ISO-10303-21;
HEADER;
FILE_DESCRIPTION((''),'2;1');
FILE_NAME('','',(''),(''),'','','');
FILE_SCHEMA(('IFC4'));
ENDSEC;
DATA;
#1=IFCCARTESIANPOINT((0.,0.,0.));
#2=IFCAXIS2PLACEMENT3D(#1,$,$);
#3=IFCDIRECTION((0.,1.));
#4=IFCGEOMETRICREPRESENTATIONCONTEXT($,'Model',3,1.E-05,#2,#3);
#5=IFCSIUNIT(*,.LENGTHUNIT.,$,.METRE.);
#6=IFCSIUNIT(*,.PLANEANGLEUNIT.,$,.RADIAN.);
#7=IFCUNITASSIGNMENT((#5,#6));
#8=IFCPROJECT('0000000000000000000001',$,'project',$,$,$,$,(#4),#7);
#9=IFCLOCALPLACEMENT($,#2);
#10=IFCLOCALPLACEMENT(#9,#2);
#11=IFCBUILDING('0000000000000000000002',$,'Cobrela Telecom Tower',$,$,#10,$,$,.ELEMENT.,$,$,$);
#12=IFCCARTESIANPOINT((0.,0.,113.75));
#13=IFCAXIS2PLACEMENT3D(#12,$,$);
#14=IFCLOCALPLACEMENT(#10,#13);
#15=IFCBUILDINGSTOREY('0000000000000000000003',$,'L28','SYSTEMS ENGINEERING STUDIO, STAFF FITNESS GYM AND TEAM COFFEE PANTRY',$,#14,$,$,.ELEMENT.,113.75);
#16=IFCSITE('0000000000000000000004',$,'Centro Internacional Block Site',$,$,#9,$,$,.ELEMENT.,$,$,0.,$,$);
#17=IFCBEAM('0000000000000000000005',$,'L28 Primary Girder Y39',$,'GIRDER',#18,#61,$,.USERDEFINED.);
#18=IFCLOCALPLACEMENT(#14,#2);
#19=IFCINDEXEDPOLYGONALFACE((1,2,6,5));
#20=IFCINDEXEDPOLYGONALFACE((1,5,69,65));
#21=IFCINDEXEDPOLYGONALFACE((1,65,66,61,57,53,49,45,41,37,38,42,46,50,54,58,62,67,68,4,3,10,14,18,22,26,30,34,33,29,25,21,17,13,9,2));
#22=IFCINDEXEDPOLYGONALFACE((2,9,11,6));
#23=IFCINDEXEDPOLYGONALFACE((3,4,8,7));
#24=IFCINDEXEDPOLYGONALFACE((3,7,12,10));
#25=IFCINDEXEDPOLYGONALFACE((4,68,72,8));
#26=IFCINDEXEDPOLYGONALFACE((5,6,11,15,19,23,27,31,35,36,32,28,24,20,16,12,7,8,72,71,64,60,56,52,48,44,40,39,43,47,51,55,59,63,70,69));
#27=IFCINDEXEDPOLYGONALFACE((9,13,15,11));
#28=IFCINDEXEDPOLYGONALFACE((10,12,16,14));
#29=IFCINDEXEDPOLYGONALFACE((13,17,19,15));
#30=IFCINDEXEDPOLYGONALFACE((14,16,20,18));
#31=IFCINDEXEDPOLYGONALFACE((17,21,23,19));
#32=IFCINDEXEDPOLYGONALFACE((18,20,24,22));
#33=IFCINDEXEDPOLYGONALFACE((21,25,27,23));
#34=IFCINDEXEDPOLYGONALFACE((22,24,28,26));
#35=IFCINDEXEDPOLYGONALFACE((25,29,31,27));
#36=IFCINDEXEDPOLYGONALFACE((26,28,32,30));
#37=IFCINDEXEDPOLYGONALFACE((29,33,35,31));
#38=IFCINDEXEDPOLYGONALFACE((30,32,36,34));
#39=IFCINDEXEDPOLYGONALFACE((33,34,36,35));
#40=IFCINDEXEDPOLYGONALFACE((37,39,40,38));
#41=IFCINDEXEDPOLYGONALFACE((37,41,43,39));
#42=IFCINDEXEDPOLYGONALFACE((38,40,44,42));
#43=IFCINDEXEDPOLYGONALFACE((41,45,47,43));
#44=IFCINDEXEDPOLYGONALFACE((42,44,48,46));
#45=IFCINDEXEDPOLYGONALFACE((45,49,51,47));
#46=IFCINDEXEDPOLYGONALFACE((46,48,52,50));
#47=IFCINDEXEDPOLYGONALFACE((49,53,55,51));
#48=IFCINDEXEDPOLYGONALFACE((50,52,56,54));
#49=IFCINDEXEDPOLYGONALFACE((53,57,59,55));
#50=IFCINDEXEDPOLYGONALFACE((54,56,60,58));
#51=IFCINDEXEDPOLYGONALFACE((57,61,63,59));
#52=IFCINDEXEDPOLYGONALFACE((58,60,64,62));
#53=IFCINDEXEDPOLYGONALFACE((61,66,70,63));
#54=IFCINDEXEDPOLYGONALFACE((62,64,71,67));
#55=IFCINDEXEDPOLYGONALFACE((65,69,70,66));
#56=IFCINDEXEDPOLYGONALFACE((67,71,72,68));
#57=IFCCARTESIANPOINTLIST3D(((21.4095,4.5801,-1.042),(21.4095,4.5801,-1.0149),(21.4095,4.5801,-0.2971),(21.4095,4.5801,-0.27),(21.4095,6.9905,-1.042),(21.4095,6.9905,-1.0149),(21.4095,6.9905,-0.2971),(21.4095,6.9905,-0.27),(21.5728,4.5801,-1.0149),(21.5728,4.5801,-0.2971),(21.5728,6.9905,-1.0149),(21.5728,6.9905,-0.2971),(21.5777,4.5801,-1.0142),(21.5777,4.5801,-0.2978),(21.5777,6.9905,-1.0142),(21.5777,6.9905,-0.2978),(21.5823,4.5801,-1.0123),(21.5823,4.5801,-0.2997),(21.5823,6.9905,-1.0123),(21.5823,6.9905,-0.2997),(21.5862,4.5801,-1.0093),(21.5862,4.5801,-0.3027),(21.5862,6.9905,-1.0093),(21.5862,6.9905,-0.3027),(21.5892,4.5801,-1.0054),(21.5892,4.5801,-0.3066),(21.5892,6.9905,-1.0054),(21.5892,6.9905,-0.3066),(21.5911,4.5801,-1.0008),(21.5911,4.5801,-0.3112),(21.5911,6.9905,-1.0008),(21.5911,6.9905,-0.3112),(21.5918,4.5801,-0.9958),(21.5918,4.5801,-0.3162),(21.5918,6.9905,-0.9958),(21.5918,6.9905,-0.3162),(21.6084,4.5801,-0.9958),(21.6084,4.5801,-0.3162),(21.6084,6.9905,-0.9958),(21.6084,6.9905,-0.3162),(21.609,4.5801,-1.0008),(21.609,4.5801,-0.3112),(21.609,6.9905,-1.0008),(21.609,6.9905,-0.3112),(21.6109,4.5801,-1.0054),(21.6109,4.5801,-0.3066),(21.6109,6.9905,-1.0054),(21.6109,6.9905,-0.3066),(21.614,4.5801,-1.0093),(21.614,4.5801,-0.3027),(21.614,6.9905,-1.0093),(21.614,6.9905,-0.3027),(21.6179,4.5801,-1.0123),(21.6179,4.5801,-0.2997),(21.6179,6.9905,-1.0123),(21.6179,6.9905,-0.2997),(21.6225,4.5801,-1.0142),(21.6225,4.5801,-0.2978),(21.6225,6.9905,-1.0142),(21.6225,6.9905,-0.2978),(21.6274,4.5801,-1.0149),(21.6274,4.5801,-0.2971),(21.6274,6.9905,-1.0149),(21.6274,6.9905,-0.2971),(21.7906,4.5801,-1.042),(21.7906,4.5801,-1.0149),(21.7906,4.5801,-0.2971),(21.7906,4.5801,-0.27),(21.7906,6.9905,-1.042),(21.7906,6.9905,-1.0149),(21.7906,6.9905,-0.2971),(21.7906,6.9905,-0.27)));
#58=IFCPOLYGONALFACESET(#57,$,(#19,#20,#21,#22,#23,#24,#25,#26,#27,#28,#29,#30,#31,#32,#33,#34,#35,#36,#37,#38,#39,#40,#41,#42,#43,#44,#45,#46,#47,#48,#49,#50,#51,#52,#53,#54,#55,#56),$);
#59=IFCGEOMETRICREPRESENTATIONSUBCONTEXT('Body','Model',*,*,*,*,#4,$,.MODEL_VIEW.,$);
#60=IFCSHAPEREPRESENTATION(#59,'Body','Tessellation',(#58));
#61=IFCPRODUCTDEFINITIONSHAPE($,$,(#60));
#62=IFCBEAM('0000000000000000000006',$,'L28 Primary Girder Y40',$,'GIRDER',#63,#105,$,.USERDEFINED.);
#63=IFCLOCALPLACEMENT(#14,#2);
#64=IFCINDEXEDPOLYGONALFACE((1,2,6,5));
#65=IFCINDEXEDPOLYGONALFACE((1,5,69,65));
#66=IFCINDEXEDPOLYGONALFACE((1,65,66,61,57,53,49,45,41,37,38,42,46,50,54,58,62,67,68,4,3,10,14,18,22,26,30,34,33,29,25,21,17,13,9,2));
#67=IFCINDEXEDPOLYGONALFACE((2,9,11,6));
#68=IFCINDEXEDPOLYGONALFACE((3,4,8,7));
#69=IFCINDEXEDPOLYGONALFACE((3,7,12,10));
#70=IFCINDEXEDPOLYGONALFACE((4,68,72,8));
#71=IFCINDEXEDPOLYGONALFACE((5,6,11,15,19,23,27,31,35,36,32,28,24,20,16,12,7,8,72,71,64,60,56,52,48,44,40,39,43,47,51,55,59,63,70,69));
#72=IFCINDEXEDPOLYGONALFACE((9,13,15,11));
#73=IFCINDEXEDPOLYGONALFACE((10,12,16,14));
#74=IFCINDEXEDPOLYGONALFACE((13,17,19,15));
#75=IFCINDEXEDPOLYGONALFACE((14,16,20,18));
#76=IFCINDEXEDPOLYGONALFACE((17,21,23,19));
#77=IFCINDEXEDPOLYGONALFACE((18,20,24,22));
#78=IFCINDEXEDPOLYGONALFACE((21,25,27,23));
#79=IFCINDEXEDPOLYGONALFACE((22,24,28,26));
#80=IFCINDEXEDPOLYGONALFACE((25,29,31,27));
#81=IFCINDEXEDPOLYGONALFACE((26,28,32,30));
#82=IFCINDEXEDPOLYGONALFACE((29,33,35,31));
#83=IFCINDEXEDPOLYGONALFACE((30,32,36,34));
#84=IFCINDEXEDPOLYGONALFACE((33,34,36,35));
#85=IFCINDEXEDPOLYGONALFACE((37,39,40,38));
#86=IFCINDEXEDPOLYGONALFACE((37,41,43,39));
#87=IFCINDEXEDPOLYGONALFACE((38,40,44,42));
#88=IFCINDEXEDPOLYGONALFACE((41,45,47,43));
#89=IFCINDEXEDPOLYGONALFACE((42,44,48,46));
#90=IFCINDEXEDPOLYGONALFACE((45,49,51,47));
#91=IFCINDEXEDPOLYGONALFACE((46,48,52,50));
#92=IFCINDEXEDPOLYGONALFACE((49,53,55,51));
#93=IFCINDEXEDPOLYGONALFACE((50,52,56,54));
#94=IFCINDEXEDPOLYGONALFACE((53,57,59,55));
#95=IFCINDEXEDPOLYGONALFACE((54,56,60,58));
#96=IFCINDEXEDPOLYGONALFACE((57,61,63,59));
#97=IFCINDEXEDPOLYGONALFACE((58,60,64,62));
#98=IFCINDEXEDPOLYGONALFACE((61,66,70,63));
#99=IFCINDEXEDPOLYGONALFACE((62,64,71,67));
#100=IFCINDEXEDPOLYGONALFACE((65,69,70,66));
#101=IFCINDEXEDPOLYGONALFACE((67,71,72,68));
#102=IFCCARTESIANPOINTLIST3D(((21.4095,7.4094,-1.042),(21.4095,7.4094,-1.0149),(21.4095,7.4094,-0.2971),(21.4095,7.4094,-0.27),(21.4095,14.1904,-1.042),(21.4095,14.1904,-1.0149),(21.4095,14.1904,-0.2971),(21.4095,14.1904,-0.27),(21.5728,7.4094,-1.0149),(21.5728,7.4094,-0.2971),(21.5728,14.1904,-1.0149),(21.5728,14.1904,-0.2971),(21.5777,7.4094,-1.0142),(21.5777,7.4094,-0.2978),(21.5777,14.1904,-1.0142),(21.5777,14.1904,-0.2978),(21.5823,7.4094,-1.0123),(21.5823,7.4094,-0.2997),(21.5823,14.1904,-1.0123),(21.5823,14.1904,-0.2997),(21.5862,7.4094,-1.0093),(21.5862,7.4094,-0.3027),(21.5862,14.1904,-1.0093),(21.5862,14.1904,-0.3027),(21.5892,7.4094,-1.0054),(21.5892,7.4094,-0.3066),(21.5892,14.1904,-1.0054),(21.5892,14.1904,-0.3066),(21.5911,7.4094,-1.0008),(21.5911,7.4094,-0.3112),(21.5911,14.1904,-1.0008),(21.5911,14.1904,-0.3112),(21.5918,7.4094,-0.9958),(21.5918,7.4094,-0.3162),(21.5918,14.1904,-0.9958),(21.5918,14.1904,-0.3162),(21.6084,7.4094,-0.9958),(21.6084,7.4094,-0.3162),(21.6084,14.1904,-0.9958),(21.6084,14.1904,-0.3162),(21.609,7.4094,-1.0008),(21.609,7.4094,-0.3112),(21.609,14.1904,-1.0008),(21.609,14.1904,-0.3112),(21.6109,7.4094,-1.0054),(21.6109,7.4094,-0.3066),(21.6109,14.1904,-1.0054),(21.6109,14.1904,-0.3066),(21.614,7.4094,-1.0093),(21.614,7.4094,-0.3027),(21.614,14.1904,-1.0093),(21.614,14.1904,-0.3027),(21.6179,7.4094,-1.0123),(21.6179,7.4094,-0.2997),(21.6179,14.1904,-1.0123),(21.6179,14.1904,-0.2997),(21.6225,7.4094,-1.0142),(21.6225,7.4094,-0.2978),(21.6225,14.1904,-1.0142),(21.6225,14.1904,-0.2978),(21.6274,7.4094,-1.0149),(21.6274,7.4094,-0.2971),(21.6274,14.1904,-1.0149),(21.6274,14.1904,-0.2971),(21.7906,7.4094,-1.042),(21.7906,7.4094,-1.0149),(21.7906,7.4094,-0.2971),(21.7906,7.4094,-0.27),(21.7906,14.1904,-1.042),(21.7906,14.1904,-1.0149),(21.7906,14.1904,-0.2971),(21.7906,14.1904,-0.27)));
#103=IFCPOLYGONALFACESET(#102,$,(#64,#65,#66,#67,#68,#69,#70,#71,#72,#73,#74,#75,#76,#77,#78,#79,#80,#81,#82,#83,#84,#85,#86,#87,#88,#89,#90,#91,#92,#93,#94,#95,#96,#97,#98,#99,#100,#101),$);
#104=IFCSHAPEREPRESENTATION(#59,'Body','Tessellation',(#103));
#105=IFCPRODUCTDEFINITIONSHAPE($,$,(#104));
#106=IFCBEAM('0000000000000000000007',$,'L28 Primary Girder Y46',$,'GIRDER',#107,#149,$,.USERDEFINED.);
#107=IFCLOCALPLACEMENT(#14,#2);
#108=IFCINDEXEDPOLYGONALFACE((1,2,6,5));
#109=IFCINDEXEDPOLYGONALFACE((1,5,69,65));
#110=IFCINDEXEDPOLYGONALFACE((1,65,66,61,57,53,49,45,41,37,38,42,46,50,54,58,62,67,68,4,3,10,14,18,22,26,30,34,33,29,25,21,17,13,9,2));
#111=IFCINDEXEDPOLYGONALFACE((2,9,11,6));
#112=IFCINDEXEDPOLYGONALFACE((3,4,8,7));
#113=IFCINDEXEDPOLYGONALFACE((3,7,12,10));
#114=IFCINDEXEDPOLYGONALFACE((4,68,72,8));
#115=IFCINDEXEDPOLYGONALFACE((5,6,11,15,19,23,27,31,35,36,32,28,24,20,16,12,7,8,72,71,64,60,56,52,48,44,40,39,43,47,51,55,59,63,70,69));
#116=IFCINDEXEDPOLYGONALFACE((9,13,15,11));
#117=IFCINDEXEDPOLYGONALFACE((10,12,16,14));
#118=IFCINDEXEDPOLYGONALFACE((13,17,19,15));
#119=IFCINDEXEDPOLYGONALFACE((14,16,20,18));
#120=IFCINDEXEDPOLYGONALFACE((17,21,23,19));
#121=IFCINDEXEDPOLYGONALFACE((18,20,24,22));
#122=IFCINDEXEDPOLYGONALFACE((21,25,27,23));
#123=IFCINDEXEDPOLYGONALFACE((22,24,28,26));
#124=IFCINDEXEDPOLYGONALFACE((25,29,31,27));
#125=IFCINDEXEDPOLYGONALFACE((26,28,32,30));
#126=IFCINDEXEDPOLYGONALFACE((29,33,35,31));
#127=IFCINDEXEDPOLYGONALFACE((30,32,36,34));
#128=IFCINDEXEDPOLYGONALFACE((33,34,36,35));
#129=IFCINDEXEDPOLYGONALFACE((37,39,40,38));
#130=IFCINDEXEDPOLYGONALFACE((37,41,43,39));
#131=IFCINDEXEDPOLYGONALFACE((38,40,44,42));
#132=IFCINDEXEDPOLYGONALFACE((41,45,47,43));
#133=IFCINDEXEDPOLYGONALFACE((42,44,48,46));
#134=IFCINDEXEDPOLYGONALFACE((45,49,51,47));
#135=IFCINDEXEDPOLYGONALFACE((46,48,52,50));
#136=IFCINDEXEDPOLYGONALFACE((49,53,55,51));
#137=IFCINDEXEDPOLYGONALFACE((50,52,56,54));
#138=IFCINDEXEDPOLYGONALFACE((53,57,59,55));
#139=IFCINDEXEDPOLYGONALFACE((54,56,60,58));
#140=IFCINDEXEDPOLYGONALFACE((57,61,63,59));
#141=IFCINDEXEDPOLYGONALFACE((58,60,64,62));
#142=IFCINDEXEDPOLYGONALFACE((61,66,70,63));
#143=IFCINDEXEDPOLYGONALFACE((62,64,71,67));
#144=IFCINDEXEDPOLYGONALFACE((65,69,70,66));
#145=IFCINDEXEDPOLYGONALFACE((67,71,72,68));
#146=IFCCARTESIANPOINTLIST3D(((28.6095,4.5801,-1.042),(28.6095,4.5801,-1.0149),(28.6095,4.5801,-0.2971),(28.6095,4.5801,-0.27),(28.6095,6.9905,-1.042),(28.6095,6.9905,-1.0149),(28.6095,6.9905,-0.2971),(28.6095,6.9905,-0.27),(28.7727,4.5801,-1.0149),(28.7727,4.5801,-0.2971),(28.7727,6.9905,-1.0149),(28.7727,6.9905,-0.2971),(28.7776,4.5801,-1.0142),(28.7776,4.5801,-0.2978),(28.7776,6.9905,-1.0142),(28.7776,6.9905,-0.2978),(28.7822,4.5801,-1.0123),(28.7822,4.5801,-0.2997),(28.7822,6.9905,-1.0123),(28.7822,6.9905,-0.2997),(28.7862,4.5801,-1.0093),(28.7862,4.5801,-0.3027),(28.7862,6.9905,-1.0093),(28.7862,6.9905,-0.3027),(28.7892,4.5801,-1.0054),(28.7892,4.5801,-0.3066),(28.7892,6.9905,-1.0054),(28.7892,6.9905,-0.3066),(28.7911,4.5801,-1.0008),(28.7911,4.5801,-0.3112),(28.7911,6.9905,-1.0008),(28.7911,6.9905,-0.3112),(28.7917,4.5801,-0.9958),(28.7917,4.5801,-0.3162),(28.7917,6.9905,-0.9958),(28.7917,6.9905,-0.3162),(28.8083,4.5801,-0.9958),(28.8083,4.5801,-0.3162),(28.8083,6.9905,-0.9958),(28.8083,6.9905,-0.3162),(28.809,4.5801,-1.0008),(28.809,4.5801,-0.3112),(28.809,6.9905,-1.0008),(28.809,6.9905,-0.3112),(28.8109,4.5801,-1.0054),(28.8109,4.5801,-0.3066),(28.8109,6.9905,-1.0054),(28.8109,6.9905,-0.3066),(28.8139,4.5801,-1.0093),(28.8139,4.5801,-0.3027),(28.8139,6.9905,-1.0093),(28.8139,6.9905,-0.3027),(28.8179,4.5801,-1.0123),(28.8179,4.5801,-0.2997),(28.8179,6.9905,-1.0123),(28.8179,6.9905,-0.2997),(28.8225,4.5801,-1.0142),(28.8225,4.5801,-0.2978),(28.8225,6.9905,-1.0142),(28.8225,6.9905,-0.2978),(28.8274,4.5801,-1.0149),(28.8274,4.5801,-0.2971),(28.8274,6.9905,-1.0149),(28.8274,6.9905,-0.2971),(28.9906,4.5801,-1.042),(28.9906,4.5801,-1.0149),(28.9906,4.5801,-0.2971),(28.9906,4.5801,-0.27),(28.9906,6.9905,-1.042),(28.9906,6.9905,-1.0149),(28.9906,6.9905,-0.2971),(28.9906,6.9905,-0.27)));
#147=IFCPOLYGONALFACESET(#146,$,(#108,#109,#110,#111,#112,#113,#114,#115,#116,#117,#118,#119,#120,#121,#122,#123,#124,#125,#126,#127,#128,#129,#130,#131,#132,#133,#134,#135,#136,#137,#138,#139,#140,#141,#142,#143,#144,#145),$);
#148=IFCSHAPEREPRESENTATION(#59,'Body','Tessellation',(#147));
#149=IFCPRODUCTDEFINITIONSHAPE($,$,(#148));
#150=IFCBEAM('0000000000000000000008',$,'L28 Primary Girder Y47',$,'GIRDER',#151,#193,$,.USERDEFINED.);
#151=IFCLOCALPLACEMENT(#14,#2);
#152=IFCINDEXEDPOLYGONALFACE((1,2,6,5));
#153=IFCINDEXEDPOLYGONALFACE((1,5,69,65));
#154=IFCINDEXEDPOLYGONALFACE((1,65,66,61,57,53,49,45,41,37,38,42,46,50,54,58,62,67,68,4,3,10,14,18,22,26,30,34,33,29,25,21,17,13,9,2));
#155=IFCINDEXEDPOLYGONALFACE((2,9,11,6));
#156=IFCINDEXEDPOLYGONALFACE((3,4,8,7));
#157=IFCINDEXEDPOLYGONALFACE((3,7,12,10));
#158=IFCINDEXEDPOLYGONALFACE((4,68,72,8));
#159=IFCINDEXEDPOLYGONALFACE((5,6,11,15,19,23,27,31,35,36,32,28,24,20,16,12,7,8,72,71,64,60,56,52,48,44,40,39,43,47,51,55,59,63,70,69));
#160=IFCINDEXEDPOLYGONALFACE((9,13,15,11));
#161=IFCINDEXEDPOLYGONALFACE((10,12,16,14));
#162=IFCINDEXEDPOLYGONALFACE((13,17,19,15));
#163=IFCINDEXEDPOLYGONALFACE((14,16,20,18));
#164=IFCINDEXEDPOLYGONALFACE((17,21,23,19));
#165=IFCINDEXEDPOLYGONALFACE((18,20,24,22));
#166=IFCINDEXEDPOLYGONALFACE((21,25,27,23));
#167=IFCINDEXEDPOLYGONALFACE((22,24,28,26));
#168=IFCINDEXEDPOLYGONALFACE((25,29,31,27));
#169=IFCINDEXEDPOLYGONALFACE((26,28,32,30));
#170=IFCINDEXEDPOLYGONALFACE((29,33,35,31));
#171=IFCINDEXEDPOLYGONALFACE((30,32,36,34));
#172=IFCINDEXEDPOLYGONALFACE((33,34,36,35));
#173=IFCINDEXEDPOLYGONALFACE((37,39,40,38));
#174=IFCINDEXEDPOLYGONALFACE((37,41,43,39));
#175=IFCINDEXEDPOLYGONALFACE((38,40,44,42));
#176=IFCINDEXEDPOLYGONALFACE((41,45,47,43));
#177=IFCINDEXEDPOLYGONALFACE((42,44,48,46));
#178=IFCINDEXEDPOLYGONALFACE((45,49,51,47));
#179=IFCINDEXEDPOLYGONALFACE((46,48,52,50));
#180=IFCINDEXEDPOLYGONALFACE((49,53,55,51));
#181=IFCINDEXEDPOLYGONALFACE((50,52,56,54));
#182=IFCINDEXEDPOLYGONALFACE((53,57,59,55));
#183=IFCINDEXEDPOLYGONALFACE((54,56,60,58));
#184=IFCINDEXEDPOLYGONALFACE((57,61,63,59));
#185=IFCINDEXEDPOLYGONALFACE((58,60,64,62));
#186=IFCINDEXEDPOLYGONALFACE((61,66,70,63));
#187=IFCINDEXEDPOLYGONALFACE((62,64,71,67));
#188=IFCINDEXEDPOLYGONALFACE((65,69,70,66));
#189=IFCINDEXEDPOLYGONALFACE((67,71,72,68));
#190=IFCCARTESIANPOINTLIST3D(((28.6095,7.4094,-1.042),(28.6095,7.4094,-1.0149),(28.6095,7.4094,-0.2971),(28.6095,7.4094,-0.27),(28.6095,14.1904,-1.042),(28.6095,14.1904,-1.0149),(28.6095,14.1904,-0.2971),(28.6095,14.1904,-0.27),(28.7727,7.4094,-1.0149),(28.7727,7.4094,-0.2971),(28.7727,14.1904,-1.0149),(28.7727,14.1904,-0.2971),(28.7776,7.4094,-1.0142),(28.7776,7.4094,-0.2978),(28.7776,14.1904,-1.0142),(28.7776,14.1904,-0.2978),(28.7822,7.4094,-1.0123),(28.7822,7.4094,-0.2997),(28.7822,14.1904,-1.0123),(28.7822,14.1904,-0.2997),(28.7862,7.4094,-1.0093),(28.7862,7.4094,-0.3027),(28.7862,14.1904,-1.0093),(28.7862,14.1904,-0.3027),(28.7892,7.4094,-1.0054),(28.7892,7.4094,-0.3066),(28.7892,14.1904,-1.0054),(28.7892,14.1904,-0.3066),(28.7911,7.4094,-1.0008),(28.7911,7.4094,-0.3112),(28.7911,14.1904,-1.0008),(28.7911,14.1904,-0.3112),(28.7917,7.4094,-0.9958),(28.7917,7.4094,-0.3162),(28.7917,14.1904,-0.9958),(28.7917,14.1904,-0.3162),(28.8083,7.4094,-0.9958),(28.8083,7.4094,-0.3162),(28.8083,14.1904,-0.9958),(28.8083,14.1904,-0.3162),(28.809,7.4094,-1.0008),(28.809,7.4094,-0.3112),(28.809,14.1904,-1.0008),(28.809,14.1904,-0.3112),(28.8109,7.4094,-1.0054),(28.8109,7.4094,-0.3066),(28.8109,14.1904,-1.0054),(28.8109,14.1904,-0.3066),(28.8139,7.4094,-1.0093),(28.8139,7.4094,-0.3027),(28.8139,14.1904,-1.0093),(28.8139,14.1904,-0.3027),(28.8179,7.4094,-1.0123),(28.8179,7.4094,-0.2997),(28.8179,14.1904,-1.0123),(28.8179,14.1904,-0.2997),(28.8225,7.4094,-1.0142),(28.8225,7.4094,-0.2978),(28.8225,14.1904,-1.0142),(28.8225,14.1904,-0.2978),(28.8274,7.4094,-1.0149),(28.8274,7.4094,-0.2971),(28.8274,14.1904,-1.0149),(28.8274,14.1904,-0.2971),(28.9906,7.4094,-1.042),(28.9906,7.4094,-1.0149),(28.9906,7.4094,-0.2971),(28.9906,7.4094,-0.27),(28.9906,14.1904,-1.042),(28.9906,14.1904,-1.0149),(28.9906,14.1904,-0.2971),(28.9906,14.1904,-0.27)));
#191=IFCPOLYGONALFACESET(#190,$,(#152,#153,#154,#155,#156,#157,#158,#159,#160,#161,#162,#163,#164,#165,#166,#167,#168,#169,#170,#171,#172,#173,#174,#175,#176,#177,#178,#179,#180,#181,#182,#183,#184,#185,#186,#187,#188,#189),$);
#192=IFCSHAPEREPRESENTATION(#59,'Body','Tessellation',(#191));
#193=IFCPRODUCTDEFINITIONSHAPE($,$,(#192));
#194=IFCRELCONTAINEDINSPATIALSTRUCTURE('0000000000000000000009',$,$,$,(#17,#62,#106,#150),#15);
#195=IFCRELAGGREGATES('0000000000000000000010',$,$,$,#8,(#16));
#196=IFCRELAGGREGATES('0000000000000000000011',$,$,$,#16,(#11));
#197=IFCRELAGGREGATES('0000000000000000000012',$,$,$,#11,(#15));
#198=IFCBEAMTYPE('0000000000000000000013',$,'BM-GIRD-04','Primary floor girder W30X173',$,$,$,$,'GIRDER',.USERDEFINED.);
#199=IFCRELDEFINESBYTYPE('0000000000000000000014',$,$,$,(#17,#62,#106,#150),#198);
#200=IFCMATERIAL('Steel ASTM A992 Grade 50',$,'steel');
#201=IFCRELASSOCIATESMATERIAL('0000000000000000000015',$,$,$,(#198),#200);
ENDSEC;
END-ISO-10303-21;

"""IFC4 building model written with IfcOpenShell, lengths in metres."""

from ifc_helpers import new_model, si_unit, direction, frame, origin, origin_2d, place, context, subcontext, project, spatial, i_section, extrude, material, material_profile, profile_set, type_object, element, save


model = new_model("IFC4")

# Units and contexts
model_context = context("Model", 3, precision=1e-05, world=origin(), true_north=direction((0.0, 1.0)))
body_context = subcontext(model_context, "Body", "Model", "MODEL_VIEW")
ifc_project = project(units=[si_unit("LENGTHUNIT", "METRE"), si_unit("PLANEANGLEUNIT", "RADIAN")], contexts=[model_context])

# Site, building, storey
site_placement = place(None, origin())
site = spatial("IfcSite", under=ifc_project, at=site_placement, Name="Centro Internacional Block Site", CompositionType="ELEMENT", RefElevation=0.0)
building_placement = place(site_placement, origin())
building = spatial("IfcBuilding", under=site, at=building_placement, Name="Cobrela Telecom Tower", CompositionType="ELEMENT")
storey_placement = place(building_placement, frame((0.0, 0.0, 113.75)))
storey = spatial("IfcBuildingStorey", under=building, at=storey_placement, Name="L28", Description="SYSTEMS ENGINEERING STUDIO, STAFF FITNESS GYM AND TEAM COFFEE PANTRY", CompositionType="ELEMENT", Elevation=113.75)

# Shared definitions
ifc_material_1 = material(Name="Steel ASTM A992 Grade 50", Category="steel")

# Beams
ifc_material_profile_1 = material_profile(ifc_material_1, i_section(OverallWidth=0.3811, OverallDepth=0.772, WebThickness=0.0166, FlangeThickness=0.0271, FilletRadius=0.019, at=origin_2d()), Name="W30X173")
ifc_profile_set_1 = profile_set([ifc_material_profile_1], Name="Steel ASTM A992 Grade 50")
beam_type_1 = type_object("IfcBeamType", Name="BM-GIRD-04", Description="Primary floor girder W30X173", ElementType="GIRDER", PredefinedType="USERDEFINED", material=ifc_profile_set_1)
beam_1_placement = place(storey_placement, frame((21.6001, 4.5801, -0.656), z_axis=(0.0, 1.0, 0.0), x_axis=(-1.0, 0.0, 0.0)))
element("IfcBeam", 1, at=beam_1_placement, inside=storey, type_object=beam_type_1, Name="L28 Primary Girder Y39", ObjectType="GIRDER", PredefinedType="USERDEFINED", context=body_context, shape_type="SweptSolid", body=[
    extrude(i_section(OverallWidth=0.3811, OverallDepth=0.772, WebThickness=0.0166, FlangeThickness=0.0271, FilletRadius=0.019, at=origin_2d()), origin(), (0.0, 0.0, 1.0), 2.4104),
])
beam_2_placement = place(storey_placement, frame((21.6001, 7.4094, -0.656), z_axis=(0.0, 1.0, 0.0), x_axis=(-1.0, 0.0, 0.0)))
element("IfcBeam", 2, at=beam_2_placement, inside=storey, type_object=beam_type_1, Name="L28 Primary Girder Y40", ObjectType="GIRDER", PredefinedType="USERDEFINED", context=body_context, shape_type="SweptSolid", body=[
    extrude(i_section(OverallWidth=0.3811, OverallDepth=0.772, WebThickness=0.0166, FlangeThickness=0.0271, FilletRadius=0.019, at=origin_2d()), origin(), (0.0, 0.0, 1.0), 6.781),
])
beam_3_placement = place(storey_placement, frame((28.8, 4.5801, -0.656), z_axis=(0.0, 1.0, 0.0), x_axis=(-1.0, 0.0, 0.0)))
element("IfcBeam", 3, at=beam_3_placement, inside=storey, type_object=beam_type_1, Name="L28 Primary Girder Y46", ObjectType="GIRDER", PredefinedType="USERDEFINED", context=body_context, shape_type="SweptSolid", body=[
    extrude(i_section(OverallWidth=0.3811, OverallDepth=0.772, WebThickness=0.0166, FlangeThickness=0.0271, FilletRadius=0.019, at=origin_2d()), origin(), (0.0, 0.0, 1.0), 2.4104),
])
beam_4_placement = place(storey_placement, frame((28.8, 7.4094, -0.656), z_axis=(0.0, 1.0, 0.0), x_axis=(-1.0, 0.0, 0.0)))
element("IfcBeam", 4, at=beam_4_placement, inside=storey, type_object=beam_type_1, Name="L28 Primary Girder Y47", ObjectType="GIRDER", PredefinedType="USERDEFINED", context=body_context, shape_type="SweptSolid", body=[
    extrude(i_section(OverallWidth=0.3811, OverallDepth=0.772, WebThickness=0.0166, FlangeThickness=0.0271, FilletRadius=0.019, at=origin_2d()), origin(), (0.0, 0.0, 1.0), 6.781),
])

save(model, "model.ifc")
